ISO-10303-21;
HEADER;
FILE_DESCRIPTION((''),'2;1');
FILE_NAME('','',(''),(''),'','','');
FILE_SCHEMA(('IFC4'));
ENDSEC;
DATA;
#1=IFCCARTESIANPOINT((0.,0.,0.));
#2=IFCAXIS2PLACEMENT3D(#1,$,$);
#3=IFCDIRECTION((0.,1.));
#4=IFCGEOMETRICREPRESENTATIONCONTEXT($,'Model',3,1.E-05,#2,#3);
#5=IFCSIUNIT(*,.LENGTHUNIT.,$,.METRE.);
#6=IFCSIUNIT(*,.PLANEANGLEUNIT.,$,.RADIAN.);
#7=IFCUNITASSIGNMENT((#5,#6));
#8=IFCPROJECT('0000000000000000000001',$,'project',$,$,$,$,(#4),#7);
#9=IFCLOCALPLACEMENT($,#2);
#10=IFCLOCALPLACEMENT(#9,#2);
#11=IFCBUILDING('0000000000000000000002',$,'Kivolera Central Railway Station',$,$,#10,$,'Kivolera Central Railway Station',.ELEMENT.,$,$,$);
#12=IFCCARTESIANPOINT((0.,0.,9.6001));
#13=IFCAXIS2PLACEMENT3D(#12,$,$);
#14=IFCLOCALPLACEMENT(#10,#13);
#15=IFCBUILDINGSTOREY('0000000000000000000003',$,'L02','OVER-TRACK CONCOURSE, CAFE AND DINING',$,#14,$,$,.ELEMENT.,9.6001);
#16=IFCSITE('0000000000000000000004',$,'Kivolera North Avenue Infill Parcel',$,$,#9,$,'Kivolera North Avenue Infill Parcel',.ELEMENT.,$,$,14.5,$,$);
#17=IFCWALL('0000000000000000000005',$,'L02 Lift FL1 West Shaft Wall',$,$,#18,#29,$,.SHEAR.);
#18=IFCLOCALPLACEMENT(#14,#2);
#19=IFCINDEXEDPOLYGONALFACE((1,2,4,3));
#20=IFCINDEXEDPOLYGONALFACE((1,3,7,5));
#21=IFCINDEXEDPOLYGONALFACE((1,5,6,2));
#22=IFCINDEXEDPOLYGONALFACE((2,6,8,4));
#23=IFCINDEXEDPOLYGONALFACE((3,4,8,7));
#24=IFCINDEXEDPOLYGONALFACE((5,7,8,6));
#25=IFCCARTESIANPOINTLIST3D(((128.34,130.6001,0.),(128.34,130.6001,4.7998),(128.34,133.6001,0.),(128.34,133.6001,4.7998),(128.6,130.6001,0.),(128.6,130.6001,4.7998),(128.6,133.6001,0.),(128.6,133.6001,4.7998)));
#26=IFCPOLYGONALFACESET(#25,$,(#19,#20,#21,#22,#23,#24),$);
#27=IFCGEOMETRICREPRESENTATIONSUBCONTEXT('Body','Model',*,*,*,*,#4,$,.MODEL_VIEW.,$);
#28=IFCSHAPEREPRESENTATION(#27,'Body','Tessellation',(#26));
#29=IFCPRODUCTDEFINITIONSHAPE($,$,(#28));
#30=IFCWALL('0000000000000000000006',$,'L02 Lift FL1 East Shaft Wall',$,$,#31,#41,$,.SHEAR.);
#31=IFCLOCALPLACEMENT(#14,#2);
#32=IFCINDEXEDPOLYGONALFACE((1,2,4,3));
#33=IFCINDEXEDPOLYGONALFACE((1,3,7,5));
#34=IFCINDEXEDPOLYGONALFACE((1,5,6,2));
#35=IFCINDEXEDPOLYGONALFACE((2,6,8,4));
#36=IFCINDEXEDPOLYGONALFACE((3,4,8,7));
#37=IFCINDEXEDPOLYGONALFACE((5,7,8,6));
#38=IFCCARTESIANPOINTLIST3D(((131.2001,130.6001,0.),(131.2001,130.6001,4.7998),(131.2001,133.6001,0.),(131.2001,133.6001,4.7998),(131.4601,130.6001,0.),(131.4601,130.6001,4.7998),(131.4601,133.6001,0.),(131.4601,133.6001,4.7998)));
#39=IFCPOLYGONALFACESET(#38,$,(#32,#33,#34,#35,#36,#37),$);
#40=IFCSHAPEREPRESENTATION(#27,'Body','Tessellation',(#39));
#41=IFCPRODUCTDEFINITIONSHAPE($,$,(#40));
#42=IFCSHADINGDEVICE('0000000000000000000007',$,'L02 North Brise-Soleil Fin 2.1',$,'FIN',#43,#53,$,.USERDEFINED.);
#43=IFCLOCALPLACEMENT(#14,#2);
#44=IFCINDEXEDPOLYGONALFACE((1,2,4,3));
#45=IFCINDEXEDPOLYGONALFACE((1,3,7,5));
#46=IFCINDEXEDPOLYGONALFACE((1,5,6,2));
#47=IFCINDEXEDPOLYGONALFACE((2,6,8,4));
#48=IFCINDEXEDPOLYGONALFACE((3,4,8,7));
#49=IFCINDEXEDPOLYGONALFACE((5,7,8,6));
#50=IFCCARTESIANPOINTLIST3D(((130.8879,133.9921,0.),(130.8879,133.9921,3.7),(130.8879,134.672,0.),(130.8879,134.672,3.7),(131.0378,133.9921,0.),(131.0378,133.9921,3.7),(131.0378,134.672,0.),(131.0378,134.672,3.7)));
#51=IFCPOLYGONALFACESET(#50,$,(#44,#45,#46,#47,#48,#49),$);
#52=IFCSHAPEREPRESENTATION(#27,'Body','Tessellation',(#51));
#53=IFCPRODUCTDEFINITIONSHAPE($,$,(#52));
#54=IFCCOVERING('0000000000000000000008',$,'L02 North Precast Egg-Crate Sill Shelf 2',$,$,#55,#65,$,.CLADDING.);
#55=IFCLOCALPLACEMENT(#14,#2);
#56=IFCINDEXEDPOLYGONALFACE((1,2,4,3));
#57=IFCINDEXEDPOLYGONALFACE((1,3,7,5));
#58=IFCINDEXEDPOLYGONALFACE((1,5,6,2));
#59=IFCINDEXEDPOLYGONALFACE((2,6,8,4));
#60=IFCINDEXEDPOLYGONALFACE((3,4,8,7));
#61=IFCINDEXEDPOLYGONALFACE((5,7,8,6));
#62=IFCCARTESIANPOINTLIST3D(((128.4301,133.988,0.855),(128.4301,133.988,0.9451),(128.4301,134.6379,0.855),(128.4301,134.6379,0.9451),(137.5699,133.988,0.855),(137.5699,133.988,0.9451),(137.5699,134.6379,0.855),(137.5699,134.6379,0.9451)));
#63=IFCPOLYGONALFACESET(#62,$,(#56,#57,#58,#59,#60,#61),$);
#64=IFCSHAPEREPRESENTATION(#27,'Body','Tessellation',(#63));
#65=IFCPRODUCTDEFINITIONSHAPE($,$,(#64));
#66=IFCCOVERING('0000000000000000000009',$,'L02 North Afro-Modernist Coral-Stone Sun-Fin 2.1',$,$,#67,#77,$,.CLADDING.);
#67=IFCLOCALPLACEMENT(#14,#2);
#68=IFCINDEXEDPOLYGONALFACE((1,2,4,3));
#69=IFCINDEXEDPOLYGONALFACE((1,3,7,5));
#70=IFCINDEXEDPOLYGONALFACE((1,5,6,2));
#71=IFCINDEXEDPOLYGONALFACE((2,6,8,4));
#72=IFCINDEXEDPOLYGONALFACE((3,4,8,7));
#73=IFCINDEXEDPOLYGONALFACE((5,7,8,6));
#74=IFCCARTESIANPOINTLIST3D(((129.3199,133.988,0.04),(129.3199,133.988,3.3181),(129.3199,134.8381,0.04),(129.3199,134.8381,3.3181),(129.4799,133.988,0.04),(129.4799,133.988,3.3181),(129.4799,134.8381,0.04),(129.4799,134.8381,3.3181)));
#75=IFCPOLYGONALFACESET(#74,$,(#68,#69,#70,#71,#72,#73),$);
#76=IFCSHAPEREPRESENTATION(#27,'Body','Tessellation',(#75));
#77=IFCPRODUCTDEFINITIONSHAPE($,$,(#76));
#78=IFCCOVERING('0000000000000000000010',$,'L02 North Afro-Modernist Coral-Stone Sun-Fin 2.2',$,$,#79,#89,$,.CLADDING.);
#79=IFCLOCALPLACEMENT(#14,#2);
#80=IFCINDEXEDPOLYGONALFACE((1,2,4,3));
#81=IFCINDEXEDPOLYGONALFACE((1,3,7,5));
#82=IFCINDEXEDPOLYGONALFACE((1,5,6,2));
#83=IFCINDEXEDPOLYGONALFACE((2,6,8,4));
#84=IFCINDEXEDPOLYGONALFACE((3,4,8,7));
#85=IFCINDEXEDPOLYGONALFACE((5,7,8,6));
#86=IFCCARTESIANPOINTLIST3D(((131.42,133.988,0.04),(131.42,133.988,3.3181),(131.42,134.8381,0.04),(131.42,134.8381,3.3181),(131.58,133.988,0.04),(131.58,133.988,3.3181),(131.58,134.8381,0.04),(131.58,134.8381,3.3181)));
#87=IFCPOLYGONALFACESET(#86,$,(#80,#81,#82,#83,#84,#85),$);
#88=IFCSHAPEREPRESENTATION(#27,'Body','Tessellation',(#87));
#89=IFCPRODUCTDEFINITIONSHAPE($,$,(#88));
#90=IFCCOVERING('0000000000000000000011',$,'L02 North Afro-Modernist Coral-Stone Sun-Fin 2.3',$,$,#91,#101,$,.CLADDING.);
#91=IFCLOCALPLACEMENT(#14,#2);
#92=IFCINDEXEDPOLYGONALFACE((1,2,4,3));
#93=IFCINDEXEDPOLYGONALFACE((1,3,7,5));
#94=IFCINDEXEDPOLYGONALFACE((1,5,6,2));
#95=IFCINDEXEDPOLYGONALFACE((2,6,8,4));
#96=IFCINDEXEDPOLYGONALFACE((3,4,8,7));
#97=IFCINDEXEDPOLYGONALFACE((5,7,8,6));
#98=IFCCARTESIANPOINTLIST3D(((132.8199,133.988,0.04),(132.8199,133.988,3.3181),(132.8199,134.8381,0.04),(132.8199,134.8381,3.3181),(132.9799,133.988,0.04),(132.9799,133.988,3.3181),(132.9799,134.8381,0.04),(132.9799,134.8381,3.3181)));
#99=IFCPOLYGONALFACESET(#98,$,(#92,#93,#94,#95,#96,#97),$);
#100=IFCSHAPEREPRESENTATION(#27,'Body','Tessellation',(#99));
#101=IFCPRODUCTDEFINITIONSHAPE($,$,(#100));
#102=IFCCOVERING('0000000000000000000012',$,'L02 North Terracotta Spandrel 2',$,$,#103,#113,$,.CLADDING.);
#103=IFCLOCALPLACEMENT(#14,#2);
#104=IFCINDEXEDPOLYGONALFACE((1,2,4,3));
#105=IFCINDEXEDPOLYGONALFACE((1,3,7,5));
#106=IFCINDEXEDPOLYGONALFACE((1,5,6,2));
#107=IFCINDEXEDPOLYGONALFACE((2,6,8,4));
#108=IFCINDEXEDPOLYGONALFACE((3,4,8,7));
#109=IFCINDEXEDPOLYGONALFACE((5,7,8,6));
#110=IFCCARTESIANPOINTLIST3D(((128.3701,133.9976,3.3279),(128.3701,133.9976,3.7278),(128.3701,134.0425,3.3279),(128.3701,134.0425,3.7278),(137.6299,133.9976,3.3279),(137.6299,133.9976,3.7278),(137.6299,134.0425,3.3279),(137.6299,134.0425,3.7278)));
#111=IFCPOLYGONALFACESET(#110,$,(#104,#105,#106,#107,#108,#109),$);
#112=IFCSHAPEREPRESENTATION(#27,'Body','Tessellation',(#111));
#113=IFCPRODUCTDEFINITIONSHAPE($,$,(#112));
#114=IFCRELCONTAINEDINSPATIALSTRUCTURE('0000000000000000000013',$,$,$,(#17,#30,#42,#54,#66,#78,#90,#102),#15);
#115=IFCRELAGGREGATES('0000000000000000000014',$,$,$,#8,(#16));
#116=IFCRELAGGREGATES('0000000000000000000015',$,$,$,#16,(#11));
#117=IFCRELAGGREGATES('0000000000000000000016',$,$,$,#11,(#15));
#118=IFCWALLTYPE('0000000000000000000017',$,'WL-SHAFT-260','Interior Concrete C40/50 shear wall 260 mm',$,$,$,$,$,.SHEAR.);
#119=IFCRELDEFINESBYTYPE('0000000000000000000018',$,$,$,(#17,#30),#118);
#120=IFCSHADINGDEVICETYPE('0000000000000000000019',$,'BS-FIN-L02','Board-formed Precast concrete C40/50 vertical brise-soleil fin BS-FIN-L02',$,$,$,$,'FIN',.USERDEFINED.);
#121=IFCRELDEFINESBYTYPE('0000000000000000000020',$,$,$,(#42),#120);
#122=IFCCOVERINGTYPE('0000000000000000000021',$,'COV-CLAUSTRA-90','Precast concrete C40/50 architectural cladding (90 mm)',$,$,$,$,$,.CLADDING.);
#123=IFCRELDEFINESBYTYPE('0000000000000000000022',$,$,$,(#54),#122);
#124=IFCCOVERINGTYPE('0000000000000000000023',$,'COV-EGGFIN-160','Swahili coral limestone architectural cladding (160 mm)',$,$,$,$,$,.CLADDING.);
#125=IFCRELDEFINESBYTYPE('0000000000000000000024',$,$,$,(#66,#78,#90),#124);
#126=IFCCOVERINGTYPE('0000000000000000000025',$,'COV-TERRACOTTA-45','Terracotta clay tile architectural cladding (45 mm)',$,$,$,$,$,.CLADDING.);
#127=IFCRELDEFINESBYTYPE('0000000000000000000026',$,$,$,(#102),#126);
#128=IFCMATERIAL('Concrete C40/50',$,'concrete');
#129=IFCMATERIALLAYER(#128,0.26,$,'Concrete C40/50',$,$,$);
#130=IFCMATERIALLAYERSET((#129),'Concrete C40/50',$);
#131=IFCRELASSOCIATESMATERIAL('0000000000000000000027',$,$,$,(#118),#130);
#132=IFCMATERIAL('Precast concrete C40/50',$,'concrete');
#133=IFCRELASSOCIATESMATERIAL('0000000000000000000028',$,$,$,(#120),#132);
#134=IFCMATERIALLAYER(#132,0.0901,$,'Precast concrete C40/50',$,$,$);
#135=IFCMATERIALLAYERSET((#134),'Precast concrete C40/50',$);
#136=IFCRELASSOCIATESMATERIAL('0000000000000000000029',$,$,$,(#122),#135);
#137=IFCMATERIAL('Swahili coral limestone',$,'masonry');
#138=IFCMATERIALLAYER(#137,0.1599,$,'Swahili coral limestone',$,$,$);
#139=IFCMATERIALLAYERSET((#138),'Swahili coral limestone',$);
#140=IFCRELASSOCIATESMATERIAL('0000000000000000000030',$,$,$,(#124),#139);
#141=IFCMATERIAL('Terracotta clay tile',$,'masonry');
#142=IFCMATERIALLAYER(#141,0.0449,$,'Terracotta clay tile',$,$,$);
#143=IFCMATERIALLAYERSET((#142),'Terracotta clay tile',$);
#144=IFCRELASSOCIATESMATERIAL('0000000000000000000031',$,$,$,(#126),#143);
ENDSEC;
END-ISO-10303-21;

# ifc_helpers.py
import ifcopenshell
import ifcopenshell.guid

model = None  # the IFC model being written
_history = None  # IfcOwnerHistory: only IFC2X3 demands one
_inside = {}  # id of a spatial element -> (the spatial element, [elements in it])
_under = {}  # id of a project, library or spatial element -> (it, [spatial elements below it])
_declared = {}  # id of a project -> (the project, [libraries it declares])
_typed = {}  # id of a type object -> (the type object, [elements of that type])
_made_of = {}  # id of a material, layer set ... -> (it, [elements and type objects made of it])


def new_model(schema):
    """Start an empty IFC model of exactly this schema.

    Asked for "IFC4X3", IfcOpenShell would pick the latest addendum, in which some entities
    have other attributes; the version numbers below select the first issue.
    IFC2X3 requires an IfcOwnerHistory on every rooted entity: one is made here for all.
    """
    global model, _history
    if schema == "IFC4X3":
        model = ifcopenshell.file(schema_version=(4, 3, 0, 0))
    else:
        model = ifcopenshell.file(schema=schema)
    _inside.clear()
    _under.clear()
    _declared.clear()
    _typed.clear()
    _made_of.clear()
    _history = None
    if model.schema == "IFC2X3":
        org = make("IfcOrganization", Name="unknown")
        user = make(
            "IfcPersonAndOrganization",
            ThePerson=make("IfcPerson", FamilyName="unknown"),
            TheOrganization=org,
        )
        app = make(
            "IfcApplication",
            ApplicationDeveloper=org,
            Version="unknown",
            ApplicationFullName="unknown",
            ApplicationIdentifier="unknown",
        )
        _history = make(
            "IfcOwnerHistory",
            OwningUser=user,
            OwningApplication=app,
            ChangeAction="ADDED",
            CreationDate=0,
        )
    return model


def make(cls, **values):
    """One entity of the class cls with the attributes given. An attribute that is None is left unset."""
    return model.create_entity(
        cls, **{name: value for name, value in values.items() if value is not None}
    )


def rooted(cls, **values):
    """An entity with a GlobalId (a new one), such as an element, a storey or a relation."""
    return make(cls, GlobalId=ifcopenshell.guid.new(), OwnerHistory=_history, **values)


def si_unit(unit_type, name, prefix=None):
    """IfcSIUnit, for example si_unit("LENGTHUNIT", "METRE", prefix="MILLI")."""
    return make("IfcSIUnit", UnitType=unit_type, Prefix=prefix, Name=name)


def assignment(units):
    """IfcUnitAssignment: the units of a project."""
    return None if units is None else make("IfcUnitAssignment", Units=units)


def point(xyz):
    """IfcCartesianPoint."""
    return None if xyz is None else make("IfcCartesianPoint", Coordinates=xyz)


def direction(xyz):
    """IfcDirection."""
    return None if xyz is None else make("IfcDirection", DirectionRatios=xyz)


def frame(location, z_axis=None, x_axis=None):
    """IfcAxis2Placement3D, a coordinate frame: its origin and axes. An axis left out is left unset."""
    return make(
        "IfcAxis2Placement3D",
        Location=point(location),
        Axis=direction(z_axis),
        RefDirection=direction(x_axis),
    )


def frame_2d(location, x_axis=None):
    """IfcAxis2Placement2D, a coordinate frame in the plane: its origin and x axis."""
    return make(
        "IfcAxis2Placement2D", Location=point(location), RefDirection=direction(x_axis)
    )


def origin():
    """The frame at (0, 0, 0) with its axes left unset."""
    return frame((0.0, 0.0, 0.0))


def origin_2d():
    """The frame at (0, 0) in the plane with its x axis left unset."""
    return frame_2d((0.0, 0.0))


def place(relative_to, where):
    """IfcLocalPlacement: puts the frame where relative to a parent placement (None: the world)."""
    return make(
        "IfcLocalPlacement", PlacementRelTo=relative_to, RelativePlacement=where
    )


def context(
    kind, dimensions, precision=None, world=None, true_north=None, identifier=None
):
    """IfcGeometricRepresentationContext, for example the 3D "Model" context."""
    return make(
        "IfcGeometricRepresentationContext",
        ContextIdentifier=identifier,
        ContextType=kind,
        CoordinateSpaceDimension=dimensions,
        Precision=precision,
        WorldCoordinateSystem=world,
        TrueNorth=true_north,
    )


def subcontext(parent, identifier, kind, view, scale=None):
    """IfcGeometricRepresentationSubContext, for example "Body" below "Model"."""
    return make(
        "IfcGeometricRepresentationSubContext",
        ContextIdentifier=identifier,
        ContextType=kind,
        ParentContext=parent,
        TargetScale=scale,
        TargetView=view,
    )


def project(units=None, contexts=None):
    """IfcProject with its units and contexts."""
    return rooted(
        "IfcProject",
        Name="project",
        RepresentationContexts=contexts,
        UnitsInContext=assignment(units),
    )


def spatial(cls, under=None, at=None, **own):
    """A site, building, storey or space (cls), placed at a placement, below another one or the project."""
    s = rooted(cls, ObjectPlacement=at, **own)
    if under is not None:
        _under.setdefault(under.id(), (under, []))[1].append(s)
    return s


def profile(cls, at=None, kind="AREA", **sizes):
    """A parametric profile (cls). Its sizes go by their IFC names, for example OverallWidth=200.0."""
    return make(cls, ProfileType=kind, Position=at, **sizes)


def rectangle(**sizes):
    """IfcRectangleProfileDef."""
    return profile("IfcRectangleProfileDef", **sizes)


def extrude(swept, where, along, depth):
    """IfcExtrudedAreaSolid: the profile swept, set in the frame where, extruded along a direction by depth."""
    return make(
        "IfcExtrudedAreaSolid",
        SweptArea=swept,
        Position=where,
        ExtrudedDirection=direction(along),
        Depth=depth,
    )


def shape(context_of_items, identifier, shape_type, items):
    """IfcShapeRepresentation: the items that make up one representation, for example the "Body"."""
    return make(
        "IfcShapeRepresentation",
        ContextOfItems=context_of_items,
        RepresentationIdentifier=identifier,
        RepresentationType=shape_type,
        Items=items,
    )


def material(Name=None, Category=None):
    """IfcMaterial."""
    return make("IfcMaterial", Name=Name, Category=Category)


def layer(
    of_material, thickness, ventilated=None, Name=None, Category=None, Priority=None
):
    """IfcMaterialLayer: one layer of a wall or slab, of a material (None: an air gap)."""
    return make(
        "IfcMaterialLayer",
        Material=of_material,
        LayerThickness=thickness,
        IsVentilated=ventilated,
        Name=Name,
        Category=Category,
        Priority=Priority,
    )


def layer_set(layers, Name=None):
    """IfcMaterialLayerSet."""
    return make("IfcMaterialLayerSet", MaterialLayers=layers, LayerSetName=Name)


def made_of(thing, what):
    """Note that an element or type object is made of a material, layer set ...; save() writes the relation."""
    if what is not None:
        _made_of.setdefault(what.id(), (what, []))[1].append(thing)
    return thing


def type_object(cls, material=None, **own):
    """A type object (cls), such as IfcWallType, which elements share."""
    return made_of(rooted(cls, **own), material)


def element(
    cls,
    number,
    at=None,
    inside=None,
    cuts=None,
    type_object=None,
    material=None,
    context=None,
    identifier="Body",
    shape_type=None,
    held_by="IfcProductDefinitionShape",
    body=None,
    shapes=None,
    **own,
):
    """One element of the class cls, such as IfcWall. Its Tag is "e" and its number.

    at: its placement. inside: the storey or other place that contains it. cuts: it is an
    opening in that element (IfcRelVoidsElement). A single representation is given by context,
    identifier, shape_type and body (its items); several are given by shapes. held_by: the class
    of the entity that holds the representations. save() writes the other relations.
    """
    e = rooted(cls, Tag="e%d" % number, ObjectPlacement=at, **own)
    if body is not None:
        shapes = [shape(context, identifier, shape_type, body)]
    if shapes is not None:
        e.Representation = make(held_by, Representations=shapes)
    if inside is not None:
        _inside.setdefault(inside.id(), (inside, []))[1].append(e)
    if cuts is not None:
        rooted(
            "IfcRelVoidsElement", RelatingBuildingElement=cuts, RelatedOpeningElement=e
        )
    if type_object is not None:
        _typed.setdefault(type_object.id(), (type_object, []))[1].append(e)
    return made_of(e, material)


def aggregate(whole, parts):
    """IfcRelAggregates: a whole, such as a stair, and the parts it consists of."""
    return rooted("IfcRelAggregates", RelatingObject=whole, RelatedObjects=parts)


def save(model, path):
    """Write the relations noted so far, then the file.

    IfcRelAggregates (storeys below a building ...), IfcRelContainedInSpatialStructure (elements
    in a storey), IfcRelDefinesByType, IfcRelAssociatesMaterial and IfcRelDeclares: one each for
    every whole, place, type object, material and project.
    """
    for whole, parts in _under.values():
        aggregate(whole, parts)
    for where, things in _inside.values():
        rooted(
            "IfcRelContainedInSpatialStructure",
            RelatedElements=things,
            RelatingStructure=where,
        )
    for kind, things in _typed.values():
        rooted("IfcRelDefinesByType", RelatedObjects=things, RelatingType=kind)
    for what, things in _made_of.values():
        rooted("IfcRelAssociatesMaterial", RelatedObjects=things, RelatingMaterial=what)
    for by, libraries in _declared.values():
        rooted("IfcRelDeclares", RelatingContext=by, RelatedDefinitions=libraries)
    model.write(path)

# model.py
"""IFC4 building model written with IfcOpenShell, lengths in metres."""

from ifc_helpers import new_model, si_unit, direction, frame, frame_2d, origin, origin_2d, place, context, subcontext, project, spatial, rectangle, extrude, material, layer, layer_set, type_object, element, save


model = new_model("IFC4")

# Units and contexts
model_context = context("Model", 3, precision=1e-05, world=origin(), true_north=direction((0.0, 1.0)))
body_context = subcontext(model_context, "Body", "Model", "MODEL_VIEW")
ifc_project = project(units=[si_unit("LENGTHUNIT", "METRE"), si_unit("PLANEANGLEUNIT", "RADIAN")], contexts=[model_context])

# Site, building, storey
site_placement = place(None, origin())
site = spatial("IfcSite", under=ifc_project, at=site_placement, Name="Kivolera North Avenue Infill Parcel", LongName="Kivolera North Avenue Infill Parcel", CompositionType="ELEMENT", RefElevation=14.5)
building_placement = place(site_placement, origin())
building = spatial("IfcBuilding", under=site, at=building_placement, Name="Kivolera Central Railway Station", LongName="Kivolera Central Railway Station", CompositionType="ELEMENT")
storey_placement = place(building_placement, frame((0.0, 0.0, 9.6001)))
storey = spatial("IfcBuildingStorey", under=building, at=storey_placement, Name="L02", Description="OVER-TRACK CONCOURSE, CAFE AND DINING", CompositionType="ELEMENT", Elevation=9.6001)

# Shared definitions
ifc_material_1 = material(Name="Concrete C40/50", Category="concrete")

# Shared definitions
ifc_material_2 = material(Name="Swahili coral limestone", Category="masonry")

# Shared definitions
ifc_layer_1 = layer(ifc_material_1, 0.26, Name="Concrete C40/50")
ifc_layer_set_1 = layer_set([ifc_layer_1], Name="Concrete C40/50")
wall_type_1 = type_object("IfcWallType", Name="WL-SHAFT-260", Description="Interior Concrete C40/50 shear wall 260 mm", PredefinedType="SHEAR", material=ifc_layer_set_1)

# Walls
for number, where, z_axis, x_axis, name in (
    (1, (128.47, 130.6001, 0.0), (0.0, 0.0, 1.0), (0.0, 1.0, 0.0), "L02 Lift FL1 West Shaft Wall"),
    (2, (131.3301, 130.6001, 0.0), (0.0, 0.0, 1.0), (0.0, 1.0, 0.0), "L02 Lift FL1 East Shaft Wall"),
):
    element("IfcWall", number, at=place(storey_placement, frame(where, z_axis=z_axis, x_axis=x_axis)), inside=storey, type_object=wall_type_1, Name=name, PredefinedType="SHEAR", context=body_context, shape_type="SweptSolid", body=[
        extrude(rectangle(XDim=3.0, YDim=0.26, at=frame_2d((1.5, 0.0))), origin(), (0.0, 0.0, 1.0), 4.7998),
    ])

# Shading device
ifc_material_3 = material(Name="Precast concrete C40/50", Category="concrete")
shading_device_type = type_object("IfcShadingDeviceType", Name="BS-FIN-L02", Description="Board-formed Precast concrete C40/50 vertical brise-soleil fin BS-FIN-L02", ElementType="FIN", PredefinedType="USERDEFINED", material=ifc_material_3)
shading_device_placement = place(storey_placement, frame((130.9629, 134.332, 0.0), z_axis=(0.0, 0.0, 1.0), x_axis=(1.0, 0.0, 0.0)))
element("IfcShadingDevice", 3, at=shading_device_placement, inside=storey, type_object=shading_device_type, Name="L02 North Brise-Soleil Fin 2.1", ObjectType="FIN", PredefinedType="USERDEFINED", context=body_context, shape_type="SweptSolid", body=[
    extrude(rectangle(XDim=0.1499, YDim=0.6799, at=origin_2d()), origin(), (0.0, 0.0, 1.0), 3.7),
])

# Coverings
ifc_layer_2 = layer(ifc_material_3, 0.0901, Name="Precast concrete C40/50")
ifc_layer_set_2 = layer_set([ifc_layer_2], Name="Precast concrete C40/50")
covering_type_1 = type_object("IfcCoveringType", Name="COV-CLAUSTRA-90", Description="Precast concrete C40/50 architectural cladding (90 mm)", PredefinedType="CLADDING", material=ifc_layer_set_2)
covering_1_placement = place(storey_placement, frame((133.0, 134.313, 0.855), z_axis=(0.0, 0.0, 1.0), x_axis=(1.0, 0.0, 0.0)))
element("IfcCovering", 4, at=covering_1_placement, inside=storey, type_object=covering_type_1, Name="L02 North Precast Egg-Crate Sill Shelf 2", PredefinedType="CLADDING", context=body_context, shape_type="SweptSolid", body=[
    extrude(rectangle(XDim=9.1399, YDim=0.6499, at=origin_2d()), origin(), (0.0, 0.0, 1.0), 0.0901),
])
ifc_layer_3 = layer(ifc_material_2, 0.1599, Name="Swahili coral limestone")
ifc_layer_set_3 = layer_set([ifc_layer_3], Name="Swahili coral limestone")
covering_type_2 = type_object("IfcCoveringType", Name="COV-EGGFIN-160", Description="Swahili coral limestone architectural cladding (160 mm)", PredefinedType="CLADDING", material=ifc_layer_set_3)
for number, where, z_axis, x_axis, name in (
    (5, (129.3999, 134.4131, 0.04), (0.0, 0.0, 1.0), (1.0, 0.0, 0.0), "L02 North Afro-Modernist Coral-Stone Sun-Fin 2.1"),
    (6, (131.5, 134.4131, 0.04), (0.0, 0.0, 1.0), (1.0, 0.0, 0.0), "L02 North Afro-Modernist Coral-Stone Sun-Fin 2.2"),
    (7, (132.8999, 134.4131, 0.04), (0.0, 0.0, 1.0), (1.0, 0.0, 0.0), "L02 North Afro-Modernist Coral-Stone Sun-Fin 2.3"),
):
    element("IfcCovering", number, at=place(storey_placement, frame(where, z_axis=z_axis, x_axis=x_axis)), inside=storey, type_object=covering_type_2, Name=name, PredefinedType="CLADDING", context=body_context, shape_type="SweptSolid", body=[
        extrude(rectangle(XDim=0.1599, YDim=0.8501, at=origin_2d()), origin(), (0.0, 0.0, 1.0), 3.2781),
    ])
ifc_material_4 = material(Name="Terracotta clay tile", Category="masonry")
ifc_layer_4 = layer(ifc_material_4, 0.0449, Name="Terracotta clay tile")
ifc_layer_set_4 = layer_set([ifc_layer_4], Name="Terracotta clay tile")
covering_type_3 = type_object("IfcCoveringType", Name="COV-TERRACOTTA-45", Description="Terracotta clay tile architectural cladding (45 mm)", PredefinedType="CLADDING", material=ifc_layer_set_4)
covering_2_placement = place(storey_placement, frame((128.3701, 134.02, 3.3279), z_axis=(0.0, 0.0, 1.0), x_axis=(1.0, 0.0, 0.0)))
element("IfcCovering", 8, at=covering_2_placement, inside=storey, type_object=covering_type_3, Name="L02 North Terracotta Spandrel 2", PredefinedType="CLADDING", context=body_context, shape_type="SweptSolid", body=[
    extrude(rectangle(XDim=9.2598, YDim=0.0449, at=frame_2d((4.6299, 0.0))), origin(), (0.0, 0.0, 1.0), 0.3999),
])

save(model, "model.ifc")
